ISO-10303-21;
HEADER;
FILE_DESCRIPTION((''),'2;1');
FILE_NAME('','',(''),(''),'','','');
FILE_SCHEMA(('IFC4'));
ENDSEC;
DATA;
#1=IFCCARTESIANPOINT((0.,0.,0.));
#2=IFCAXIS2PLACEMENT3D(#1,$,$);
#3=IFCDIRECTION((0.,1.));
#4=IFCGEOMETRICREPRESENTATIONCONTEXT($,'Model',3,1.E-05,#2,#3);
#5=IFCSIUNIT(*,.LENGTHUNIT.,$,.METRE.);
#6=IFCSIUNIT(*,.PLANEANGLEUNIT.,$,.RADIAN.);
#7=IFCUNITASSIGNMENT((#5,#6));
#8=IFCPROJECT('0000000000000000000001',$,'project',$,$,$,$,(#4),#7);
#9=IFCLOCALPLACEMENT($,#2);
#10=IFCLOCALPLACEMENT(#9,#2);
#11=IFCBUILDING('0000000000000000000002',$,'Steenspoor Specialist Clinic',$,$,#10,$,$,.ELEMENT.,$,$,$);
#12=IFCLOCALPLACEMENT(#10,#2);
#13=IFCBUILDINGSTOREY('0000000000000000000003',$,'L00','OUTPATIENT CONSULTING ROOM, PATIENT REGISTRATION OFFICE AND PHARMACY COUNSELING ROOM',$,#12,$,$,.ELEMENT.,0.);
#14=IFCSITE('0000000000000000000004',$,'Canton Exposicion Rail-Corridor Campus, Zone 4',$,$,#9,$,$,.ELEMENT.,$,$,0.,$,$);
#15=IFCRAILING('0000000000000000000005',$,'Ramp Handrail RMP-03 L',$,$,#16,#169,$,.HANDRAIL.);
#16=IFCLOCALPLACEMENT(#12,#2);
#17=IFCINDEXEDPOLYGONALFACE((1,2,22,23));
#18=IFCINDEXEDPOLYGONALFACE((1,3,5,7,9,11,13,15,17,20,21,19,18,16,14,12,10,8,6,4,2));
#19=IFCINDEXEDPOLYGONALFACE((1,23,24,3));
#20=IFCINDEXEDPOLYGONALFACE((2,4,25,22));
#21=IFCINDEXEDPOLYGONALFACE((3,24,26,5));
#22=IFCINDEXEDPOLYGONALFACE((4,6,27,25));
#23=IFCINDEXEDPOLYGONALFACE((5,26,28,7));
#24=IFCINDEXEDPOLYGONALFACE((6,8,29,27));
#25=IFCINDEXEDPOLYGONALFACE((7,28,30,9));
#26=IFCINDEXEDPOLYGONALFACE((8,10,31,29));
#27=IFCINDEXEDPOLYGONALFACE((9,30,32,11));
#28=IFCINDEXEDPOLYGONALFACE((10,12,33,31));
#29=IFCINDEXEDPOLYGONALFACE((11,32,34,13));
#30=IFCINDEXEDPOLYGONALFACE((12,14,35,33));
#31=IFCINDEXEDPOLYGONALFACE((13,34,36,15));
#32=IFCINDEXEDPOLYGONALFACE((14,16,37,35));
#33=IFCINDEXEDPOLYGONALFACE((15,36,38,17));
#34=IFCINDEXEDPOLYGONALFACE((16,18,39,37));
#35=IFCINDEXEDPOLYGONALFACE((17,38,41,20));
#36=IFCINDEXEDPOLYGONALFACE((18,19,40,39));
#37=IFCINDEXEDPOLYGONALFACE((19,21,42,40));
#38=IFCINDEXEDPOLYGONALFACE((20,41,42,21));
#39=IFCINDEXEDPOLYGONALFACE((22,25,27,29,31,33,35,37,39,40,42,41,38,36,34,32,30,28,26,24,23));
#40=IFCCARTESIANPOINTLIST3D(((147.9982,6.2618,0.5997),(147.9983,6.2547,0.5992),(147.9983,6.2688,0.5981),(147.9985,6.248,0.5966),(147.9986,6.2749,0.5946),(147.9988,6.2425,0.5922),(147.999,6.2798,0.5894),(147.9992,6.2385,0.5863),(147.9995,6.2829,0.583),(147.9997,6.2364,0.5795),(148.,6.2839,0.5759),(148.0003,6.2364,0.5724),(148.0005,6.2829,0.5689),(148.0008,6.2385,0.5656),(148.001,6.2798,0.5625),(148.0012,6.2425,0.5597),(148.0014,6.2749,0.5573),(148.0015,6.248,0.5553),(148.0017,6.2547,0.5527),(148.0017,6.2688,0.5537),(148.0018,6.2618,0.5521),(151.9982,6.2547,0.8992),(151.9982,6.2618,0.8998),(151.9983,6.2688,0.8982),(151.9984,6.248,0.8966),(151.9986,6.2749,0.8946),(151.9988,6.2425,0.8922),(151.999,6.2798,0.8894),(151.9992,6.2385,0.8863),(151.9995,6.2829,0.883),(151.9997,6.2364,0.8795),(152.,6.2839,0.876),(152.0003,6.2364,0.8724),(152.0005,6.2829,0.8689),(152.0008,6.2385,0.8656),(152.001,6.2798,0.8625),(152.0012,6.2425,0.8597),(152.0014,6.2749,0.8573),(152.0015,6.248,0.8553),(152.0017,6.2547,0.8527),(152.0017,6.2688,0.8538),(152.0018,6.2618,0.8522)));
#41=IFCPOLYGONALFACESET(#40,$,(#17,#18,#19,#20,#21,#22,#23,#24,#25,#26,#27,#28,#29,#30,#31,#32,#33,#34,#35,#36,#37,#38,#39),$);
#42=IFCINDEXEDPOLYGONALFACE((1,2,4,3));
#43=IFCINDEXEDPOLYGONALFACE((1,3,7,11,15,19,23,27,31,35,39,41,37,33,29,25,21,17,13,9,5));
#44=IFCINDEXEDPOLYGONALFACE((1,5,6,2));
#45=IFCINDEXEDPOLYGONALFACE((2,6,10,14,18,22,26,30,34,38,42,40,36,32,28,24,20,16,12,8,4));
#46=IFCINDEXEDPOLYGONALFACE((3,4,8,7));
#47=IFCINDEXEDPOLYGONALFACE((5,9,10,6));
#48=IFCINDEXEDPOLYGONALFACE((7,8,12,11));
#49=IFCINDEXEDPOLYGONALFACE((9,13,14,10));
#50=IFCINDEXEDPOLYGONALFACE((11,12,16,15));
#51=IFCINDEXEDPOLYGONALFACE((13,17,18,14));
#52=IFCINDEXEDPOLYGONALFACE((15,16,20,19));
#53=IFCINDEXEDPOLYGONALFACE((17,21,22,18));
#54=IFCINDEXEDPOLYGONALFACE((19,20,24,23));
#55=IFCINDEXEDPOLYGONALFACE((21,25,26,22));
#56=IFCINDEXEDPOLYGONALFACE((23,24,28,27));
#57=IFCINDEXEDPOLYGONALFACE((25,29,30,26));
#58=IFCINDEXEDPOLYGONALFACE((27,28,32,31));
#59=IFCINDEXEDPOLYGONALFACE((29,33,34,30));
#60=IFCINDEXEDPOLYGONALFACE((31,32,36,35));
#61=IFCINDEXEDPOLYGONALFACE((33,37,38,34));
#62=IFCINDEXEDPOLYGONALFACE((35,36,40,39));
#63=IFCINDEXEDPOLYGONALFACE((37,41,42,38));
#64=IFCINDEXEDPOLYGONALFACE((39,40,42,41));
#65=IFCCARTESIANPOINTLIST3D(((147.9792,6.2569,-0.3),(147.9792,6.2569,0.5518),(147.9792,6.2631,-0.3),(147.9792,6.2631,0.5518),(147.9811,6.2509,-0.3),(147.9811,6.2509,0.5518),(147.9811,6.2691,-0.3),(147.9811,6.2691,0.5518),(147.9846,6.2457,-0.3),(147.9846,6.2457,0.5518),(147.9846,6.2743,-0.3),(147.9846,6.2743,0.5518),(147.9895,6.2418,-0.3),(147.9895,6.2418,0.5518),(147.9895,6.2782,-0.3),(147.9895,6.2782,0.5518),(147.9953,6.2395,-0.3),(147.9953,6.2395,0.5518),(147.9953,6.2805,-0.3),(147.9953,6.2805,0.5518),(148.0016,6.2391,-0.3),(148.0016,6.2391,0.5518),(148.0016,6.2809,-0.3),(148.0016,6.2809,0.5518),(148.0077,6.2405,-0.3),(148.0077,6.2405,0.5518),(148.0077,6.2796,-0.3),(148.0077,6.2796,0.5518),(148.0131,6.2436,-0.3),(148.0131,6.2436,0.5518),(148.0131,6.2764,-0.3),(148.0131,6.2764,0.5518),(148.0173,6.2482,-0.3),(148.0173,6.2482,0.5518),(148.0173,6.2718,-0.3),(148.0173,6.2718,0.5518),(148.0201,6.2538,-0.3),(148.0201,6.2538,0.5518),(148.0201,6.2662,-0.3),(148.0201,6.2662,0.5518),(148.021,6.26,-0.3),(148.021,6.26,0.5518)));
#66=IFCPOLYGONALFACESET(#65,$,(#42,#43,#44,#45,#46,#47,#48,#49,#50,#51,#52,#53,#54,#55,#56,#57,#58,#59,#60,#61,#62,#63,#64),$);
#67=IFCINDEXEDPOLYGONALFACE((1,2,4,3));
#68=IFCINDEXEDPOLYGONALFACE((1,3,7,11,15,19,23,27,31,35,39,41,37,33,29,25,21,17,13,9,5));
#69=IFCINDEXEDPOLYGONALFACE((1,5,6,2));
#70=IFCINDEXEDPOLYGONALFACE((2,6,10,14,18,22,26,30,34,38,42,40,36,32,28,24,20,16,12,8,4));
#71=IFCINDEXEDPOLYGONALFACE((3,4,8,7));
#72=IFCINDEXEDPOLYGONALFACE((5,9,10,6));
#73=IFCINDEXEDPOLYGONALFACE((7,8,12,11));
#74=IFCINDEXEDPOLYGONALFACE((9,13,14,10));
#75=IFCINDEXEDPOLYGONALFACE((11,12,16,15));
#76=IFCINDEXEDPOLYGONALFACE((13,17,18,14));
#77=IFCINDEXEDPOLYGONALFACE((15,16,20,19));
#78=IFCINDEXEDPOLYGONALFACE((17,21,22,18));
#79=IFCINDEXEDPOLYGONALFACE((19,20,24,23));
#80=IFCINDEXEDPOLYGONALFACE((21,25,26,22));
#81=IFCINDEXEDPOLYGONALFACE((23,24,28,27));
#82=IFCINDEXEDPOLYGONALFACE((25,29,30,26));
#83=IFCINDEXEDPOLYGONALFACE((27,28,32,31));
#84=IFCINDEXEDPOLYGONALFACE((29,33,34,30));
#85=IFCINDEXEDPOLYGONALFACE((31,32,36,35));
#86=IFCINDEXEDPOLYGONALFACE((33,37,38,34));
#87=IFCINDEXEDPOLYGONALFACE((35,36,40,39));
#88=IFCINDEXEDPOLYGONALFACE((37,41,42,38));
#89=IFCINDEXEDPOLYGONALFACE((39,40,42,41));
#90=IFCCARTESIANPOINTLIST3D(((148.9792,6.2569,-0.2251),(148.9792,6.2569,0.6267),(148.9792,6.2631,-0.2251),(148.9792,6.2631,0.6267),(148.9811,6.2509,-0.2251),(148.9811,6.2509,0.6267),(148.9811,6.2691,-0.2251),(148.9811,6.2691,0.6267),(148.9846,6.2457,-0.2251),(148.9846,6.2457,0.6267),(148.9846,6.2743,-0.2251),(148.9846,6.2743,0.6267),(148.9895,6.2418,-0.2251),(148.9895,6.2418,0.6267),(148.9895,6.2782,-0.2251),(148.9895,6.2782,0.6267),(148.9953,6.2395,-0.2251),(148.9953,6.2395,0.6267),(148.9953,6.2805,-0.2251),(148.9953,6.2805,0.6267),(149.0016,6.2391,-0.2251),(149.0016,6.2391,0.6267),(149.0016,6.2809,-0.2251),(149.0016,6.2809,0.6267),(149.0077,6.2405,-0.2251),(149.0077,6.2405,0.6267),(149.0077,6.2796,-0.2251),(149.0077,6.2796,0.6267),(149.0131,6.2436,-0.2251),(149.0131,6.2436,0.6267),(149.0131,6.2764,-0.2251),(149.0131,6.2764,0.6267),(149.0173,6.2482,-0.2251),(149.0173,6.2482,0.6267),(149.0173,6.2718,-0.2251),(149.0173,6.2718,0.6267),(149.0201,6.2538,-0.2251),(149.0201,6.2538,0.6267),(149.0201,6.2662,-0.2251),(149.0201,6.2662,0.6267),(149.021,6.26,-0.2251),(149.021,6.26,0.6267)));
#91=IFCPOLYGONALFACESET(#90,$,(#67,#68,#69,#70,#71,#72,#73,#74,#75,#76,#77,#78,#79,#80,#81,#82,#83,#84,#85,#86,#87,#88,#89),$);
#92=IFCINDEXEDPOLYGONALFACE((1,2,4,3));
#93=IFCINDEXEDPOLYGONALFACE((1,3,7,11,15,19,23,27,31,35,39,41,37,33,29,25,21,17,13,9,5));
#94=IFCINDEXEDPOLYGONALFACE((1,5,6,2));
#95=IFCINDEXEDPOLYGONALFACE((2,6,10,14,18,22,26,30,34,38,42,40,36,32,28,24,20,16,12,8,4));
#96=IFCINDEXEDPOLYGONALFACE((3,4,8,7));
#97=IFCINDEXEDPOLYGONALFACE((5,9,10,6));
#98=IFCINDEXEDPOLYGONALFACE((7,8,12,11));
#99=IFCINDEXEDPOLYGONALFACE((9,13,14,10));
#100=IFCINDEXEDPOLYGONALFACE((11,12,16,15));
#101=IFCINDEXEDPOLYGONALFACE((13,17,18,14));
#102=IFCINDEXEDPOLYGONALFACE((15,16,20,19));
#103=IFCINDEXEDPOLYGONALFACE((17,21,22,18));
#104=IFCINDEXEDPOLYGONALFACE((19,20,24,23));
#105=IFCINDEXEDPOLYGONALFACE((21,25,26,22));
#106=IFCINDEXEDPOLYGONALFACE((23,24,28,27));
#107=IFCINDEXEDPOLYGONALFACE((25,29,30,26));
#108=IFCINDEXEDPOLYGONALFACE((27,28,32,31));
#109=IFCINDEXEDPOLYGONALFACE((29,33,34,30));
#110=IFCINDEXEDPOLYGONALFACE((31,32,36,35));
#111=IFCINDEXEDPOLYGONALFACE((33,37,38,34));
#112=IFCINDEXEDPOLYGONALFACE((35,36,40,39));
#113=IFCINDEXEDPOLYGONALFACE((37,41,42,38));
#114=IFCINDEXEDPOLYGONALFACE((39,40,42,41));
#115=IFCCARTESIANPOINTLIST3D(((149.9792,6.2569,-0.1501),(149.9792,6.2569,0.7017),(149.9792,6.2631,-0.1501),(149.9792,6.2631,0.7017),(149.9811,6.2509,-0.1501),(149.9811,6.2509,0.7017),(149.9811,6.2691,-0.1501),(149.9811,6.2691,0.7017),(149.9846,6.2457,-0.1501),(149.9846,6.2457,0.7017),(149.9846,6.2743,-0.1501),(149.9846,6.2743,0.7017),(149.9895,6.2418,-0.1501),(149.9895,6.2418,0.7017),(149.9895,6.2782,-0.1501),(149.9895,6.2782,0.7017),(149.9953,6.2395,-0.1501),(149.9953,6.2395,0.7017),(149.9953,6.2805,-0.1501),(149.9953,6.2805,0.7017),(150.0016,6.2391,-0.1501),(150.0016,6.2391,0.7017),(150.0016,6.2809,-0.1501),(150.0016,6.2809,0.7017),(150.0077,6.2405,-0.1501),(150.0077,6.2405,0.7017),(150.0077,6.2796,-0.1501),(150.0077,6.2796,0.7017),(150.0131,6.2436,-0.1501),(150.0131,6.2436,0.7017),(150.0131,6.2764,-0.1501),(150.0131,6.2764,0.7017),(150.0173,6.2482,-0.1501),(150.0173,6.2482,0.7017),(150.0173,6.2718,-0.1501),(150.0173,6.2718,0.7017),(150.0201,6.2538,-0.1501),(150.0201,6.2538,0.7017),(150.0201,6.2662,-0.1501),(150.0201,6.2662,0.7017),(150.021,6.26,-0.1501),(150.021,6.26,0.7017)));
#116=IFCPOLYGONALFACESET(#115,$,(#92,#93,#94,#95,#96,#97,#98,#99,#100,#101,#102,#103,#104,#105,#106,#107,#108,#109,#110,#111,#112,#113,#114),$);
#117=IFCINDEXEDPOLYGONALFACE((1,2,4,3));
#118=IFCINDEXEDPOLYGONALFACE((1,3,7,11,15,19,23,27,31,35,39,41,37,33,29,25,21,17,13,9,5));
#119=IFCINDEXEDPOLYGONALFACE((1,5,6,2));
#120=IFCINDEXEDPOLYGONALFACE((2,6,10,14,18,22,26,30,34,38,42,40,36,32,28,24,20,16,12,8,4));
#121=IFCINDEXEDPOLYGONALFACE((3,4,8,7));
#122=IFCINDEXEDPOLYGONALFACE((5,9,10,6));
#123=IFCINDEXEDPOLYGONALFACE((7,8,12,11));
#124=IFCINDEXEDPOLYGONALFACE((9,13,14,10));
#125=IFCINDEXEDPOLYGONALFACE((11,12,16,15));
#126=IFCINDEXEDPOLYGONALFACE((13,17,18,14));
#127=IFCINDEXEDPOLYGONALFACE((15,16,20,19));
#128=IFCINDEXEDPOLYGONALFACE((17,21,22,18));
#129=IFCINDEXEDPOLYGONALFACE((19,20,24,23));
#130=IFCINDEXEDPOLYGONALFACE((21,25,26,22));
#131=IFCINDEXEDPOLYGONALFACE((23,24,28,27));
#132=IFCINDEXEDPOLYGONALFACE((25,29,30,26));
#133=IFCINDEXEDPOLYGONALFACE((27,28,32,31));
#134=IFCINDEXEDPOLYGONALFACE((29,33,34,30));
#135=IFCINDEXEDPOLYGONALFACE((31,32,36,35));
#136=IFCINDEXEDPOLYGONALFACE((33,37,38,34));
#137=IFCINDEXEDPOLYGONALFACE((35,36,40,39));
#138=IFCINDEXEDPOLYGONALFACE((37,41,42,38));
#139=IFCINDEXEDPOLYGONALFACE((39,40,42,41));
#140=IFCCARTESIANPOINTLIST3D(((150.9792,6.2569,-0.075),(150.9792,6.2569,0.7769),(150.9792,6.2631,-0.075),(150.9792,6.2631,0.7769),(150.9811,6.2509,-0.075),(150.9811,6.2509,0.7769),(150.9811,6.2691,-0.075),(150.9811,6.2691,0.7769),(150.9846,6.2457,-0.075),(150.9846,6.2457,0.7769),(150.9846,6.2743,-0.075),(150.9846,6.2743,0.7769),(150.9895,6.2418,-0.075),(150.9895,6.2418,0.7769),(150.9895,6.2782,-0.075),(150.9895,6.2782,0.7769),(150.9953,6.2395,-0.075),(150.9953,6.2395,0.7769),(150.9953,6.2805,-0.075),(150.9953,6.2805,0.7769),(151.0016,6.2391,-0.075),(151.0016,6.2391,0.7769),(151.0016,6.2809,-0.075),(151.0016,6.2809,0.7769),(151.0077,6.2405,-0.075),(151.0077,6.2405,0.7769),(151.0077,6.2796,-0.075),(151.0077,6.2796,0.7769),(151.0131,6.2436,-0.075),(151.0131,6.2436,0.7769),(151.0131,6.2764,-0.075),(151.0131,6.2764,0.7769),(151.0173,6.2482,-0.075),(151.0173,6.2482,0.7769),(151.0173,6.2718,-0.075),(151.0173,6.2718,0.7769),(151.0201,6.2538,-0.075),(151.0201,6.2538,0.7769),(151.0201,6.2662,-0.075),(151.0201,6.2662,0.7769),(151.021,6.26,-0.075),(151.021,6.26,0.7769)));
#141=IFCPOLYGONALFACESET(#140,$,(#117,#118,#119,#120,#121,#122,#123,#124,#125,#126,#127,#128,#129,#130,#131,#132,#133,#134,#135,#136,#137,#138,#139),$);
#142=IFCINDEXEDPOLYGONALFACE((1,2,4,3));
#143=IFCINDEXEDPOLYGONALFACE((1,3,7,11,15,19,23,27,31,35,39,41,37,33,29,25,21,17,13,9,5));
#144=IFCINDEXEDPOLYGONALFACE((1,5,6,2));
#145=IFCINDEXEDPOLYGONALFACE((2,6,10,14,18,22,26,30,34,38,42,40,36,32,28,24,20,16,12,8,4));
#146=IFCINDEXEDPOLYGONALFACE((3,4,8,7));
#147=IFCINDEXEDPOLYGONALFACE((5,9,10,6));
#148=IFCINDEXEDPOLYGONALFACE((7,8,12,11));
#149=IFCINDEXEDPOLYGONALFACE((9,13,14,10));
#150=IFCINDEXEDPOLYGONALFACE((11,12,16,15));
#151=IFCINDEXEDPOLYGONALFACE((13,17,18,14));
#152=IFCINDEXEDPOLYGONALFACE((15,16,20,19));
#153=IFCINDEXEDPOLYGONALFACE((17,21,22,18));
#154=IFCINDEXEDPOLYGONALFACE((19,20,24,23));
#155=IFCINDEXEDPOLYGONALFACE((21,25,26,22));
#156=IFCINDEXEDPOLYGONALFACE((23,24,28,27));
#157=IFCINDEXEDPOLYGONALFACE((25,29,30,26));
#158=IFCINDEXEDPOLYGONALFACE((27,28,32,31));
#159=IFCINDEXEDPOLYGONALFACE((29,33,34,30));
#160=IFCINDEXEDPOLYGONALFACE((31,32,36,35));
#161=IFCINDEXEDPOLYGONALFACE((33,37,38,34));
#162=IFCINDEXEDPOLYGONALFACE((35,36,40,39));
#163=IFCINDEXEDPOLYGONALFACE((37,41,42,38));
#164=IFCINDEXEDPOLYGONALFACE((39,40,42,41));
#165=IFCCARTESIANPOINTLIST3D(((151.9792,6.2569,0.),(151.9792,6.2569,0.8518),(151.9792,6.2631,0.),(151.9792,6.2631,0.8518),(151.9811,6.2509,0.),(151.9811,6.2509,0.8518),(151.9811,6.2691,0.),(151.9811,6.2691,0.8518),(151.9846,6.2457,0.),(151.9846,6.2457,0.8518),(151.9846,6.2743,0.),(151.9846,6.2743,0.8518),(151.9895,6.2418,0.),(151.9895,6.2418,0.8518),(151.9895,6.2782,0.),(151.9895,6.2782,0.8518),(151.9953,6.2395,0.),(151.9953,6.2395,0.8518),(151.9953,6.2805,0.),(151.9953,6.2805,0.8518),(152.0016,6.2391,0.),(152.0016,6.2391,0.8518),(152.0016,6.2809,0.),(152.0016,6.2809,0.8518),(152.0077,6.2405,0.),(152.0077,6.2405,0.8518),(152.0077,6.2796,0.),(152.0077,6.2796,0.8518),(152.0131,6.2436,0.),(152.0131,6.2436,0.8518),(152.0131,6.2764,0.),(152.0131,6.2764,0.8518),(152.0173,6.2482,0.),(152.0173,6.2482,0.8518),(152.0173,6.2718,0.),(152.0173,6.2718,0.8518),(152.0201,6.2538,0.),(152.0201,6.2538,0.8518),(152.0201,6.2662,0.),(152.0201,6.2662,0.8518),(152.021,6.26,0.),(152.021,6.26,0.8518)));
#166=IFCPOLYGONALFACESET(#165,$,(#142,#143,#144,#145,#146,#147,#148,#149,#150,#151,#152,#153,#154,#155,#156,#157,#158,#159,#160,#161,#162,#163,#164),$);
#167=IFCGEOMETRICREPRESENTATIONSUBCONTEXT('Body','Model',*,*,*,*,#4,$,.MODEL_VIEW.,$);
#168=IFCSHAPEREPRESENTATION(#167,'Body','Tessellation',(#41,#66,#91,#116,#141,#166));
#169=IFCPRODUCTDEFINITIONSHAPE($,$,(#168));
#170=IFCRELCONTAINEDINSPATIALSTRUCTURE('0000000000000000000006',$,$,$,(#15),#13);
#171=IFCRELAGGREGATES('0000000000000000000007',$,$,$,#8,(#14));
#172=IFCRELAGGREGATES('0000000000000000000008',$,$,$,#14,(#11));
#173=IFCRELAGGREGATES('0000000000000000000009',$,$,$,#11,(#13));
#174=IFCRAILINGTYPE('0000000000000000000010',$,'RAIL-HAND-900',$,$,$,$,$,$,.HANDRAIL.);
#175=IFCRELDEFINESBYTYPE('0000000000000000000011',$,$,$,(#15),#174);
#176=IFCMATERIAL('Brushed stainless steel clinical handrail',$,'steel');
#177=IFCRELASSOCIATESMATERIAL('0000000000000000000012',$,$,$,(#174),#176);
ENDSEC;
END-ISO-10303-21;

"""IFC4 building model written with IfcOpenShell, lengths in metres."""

from ifc_helpers import new_model, si_unit, direction, frame, origin, origin_2d, place, context, subcontext, project, spatial, circle, extrude, material, type_object, element, save


model = new_model("IFC4")

# Units and contexts
model_context = context("Model", 3, precision=1e-05, world=origin(), true_north=direction((0.0, 1.0)))
body_context = subcontext(model_context, "Body", "Model", "MODEL_VIEW")
ifc_project = project(units=[si_unit("LENGTHUNIT", "METRE"), si_unit("PLANEANGLEUNIT", "RADIAN")], contexts=[model_context])

# Site, building, storey
site_placement = place(None, origin())
site = spatial("IfcSite", under=ifc_project, at=site_placement, Name="Canton Exposicion Rail-Corridor Campus, Zone 4", CompositionType="ELEMENT", RefElevation=0.0)
building_placement = place(site_placement, origin())
building = spatial("IfcBuilding", under=site, at=building_placement, Name="Steenspoor Specialist Clinic", CompositionType="ELEMENT")
storey_placement = place(building_placement, origin())
storey = spatial("IfcBuildingStorey", under=building, at=storey_placement, Name="L00", Description="OUTPATIENT CONSULTING ROOM, PATIENT REGISTRATION OFFICE AND PHARMACY COUNSELING ROOM", CompositionType="ELEMENT", Elevation=0.0)

# Railing
ifc_material_1 = material(Name="Brushed stainless steel clinical handrail", Category="steel")
railing_type = type_object("IfcRailingType", Name="RAIL-HAND-900", PredefinedType="HANDRAIL", material=ifc_material_1)
for number, where, name in (
    (1, (148.0, 6.26, -0.3), "Ramp Handrail RMP-03 L"),
):
    element("IfcRailing", number, at=place(storey_placement, frame(where)), inside=storey, type_object=railing_type, Name=name, PredefinedType="HANDRAIL", context=body_context, shape_type="SweptSolid", body=[
        extrude(circle(Radius=0.0239, at=origin_2d()), frame((0.0, 0.0, 0.876), z_axis=(0.997198, 0.0, 0.074802), x_axis=(0.0, 1.0, 0.0)), (0.0, 0.0, 1.0), 4.0112),
        extrude(circle(Radius=0.021, at=origin_2d()), origin(), (0.0, 0.0, 1.0), 0.8518),
        extrude(circle(Radius=0.021, at=origin_2d()), frame((1.0, 0.0, 0.075)), (0.0, 0.0, 1.0), 0.8518),
        extrude(circle(Radius=0.021, at=origin_2d()), frame((2.0, 0.0, 0.1499)), (0.0, 0.0, 1.0), 0.8518),
        extrude(circle(Radius=0.021, at=origin_2d()), frame((3.0, 0.0, 0.2251)), (0.0, 0.0, 1.0), 0.8518),
        extrude(circle(Radius=0.021, at=origin_2d()), frame((4.0, 0.0, 0.3)), (0.0, 0.0, 1.0), 0.8518),
    ])

save(model, "model.ifc")
